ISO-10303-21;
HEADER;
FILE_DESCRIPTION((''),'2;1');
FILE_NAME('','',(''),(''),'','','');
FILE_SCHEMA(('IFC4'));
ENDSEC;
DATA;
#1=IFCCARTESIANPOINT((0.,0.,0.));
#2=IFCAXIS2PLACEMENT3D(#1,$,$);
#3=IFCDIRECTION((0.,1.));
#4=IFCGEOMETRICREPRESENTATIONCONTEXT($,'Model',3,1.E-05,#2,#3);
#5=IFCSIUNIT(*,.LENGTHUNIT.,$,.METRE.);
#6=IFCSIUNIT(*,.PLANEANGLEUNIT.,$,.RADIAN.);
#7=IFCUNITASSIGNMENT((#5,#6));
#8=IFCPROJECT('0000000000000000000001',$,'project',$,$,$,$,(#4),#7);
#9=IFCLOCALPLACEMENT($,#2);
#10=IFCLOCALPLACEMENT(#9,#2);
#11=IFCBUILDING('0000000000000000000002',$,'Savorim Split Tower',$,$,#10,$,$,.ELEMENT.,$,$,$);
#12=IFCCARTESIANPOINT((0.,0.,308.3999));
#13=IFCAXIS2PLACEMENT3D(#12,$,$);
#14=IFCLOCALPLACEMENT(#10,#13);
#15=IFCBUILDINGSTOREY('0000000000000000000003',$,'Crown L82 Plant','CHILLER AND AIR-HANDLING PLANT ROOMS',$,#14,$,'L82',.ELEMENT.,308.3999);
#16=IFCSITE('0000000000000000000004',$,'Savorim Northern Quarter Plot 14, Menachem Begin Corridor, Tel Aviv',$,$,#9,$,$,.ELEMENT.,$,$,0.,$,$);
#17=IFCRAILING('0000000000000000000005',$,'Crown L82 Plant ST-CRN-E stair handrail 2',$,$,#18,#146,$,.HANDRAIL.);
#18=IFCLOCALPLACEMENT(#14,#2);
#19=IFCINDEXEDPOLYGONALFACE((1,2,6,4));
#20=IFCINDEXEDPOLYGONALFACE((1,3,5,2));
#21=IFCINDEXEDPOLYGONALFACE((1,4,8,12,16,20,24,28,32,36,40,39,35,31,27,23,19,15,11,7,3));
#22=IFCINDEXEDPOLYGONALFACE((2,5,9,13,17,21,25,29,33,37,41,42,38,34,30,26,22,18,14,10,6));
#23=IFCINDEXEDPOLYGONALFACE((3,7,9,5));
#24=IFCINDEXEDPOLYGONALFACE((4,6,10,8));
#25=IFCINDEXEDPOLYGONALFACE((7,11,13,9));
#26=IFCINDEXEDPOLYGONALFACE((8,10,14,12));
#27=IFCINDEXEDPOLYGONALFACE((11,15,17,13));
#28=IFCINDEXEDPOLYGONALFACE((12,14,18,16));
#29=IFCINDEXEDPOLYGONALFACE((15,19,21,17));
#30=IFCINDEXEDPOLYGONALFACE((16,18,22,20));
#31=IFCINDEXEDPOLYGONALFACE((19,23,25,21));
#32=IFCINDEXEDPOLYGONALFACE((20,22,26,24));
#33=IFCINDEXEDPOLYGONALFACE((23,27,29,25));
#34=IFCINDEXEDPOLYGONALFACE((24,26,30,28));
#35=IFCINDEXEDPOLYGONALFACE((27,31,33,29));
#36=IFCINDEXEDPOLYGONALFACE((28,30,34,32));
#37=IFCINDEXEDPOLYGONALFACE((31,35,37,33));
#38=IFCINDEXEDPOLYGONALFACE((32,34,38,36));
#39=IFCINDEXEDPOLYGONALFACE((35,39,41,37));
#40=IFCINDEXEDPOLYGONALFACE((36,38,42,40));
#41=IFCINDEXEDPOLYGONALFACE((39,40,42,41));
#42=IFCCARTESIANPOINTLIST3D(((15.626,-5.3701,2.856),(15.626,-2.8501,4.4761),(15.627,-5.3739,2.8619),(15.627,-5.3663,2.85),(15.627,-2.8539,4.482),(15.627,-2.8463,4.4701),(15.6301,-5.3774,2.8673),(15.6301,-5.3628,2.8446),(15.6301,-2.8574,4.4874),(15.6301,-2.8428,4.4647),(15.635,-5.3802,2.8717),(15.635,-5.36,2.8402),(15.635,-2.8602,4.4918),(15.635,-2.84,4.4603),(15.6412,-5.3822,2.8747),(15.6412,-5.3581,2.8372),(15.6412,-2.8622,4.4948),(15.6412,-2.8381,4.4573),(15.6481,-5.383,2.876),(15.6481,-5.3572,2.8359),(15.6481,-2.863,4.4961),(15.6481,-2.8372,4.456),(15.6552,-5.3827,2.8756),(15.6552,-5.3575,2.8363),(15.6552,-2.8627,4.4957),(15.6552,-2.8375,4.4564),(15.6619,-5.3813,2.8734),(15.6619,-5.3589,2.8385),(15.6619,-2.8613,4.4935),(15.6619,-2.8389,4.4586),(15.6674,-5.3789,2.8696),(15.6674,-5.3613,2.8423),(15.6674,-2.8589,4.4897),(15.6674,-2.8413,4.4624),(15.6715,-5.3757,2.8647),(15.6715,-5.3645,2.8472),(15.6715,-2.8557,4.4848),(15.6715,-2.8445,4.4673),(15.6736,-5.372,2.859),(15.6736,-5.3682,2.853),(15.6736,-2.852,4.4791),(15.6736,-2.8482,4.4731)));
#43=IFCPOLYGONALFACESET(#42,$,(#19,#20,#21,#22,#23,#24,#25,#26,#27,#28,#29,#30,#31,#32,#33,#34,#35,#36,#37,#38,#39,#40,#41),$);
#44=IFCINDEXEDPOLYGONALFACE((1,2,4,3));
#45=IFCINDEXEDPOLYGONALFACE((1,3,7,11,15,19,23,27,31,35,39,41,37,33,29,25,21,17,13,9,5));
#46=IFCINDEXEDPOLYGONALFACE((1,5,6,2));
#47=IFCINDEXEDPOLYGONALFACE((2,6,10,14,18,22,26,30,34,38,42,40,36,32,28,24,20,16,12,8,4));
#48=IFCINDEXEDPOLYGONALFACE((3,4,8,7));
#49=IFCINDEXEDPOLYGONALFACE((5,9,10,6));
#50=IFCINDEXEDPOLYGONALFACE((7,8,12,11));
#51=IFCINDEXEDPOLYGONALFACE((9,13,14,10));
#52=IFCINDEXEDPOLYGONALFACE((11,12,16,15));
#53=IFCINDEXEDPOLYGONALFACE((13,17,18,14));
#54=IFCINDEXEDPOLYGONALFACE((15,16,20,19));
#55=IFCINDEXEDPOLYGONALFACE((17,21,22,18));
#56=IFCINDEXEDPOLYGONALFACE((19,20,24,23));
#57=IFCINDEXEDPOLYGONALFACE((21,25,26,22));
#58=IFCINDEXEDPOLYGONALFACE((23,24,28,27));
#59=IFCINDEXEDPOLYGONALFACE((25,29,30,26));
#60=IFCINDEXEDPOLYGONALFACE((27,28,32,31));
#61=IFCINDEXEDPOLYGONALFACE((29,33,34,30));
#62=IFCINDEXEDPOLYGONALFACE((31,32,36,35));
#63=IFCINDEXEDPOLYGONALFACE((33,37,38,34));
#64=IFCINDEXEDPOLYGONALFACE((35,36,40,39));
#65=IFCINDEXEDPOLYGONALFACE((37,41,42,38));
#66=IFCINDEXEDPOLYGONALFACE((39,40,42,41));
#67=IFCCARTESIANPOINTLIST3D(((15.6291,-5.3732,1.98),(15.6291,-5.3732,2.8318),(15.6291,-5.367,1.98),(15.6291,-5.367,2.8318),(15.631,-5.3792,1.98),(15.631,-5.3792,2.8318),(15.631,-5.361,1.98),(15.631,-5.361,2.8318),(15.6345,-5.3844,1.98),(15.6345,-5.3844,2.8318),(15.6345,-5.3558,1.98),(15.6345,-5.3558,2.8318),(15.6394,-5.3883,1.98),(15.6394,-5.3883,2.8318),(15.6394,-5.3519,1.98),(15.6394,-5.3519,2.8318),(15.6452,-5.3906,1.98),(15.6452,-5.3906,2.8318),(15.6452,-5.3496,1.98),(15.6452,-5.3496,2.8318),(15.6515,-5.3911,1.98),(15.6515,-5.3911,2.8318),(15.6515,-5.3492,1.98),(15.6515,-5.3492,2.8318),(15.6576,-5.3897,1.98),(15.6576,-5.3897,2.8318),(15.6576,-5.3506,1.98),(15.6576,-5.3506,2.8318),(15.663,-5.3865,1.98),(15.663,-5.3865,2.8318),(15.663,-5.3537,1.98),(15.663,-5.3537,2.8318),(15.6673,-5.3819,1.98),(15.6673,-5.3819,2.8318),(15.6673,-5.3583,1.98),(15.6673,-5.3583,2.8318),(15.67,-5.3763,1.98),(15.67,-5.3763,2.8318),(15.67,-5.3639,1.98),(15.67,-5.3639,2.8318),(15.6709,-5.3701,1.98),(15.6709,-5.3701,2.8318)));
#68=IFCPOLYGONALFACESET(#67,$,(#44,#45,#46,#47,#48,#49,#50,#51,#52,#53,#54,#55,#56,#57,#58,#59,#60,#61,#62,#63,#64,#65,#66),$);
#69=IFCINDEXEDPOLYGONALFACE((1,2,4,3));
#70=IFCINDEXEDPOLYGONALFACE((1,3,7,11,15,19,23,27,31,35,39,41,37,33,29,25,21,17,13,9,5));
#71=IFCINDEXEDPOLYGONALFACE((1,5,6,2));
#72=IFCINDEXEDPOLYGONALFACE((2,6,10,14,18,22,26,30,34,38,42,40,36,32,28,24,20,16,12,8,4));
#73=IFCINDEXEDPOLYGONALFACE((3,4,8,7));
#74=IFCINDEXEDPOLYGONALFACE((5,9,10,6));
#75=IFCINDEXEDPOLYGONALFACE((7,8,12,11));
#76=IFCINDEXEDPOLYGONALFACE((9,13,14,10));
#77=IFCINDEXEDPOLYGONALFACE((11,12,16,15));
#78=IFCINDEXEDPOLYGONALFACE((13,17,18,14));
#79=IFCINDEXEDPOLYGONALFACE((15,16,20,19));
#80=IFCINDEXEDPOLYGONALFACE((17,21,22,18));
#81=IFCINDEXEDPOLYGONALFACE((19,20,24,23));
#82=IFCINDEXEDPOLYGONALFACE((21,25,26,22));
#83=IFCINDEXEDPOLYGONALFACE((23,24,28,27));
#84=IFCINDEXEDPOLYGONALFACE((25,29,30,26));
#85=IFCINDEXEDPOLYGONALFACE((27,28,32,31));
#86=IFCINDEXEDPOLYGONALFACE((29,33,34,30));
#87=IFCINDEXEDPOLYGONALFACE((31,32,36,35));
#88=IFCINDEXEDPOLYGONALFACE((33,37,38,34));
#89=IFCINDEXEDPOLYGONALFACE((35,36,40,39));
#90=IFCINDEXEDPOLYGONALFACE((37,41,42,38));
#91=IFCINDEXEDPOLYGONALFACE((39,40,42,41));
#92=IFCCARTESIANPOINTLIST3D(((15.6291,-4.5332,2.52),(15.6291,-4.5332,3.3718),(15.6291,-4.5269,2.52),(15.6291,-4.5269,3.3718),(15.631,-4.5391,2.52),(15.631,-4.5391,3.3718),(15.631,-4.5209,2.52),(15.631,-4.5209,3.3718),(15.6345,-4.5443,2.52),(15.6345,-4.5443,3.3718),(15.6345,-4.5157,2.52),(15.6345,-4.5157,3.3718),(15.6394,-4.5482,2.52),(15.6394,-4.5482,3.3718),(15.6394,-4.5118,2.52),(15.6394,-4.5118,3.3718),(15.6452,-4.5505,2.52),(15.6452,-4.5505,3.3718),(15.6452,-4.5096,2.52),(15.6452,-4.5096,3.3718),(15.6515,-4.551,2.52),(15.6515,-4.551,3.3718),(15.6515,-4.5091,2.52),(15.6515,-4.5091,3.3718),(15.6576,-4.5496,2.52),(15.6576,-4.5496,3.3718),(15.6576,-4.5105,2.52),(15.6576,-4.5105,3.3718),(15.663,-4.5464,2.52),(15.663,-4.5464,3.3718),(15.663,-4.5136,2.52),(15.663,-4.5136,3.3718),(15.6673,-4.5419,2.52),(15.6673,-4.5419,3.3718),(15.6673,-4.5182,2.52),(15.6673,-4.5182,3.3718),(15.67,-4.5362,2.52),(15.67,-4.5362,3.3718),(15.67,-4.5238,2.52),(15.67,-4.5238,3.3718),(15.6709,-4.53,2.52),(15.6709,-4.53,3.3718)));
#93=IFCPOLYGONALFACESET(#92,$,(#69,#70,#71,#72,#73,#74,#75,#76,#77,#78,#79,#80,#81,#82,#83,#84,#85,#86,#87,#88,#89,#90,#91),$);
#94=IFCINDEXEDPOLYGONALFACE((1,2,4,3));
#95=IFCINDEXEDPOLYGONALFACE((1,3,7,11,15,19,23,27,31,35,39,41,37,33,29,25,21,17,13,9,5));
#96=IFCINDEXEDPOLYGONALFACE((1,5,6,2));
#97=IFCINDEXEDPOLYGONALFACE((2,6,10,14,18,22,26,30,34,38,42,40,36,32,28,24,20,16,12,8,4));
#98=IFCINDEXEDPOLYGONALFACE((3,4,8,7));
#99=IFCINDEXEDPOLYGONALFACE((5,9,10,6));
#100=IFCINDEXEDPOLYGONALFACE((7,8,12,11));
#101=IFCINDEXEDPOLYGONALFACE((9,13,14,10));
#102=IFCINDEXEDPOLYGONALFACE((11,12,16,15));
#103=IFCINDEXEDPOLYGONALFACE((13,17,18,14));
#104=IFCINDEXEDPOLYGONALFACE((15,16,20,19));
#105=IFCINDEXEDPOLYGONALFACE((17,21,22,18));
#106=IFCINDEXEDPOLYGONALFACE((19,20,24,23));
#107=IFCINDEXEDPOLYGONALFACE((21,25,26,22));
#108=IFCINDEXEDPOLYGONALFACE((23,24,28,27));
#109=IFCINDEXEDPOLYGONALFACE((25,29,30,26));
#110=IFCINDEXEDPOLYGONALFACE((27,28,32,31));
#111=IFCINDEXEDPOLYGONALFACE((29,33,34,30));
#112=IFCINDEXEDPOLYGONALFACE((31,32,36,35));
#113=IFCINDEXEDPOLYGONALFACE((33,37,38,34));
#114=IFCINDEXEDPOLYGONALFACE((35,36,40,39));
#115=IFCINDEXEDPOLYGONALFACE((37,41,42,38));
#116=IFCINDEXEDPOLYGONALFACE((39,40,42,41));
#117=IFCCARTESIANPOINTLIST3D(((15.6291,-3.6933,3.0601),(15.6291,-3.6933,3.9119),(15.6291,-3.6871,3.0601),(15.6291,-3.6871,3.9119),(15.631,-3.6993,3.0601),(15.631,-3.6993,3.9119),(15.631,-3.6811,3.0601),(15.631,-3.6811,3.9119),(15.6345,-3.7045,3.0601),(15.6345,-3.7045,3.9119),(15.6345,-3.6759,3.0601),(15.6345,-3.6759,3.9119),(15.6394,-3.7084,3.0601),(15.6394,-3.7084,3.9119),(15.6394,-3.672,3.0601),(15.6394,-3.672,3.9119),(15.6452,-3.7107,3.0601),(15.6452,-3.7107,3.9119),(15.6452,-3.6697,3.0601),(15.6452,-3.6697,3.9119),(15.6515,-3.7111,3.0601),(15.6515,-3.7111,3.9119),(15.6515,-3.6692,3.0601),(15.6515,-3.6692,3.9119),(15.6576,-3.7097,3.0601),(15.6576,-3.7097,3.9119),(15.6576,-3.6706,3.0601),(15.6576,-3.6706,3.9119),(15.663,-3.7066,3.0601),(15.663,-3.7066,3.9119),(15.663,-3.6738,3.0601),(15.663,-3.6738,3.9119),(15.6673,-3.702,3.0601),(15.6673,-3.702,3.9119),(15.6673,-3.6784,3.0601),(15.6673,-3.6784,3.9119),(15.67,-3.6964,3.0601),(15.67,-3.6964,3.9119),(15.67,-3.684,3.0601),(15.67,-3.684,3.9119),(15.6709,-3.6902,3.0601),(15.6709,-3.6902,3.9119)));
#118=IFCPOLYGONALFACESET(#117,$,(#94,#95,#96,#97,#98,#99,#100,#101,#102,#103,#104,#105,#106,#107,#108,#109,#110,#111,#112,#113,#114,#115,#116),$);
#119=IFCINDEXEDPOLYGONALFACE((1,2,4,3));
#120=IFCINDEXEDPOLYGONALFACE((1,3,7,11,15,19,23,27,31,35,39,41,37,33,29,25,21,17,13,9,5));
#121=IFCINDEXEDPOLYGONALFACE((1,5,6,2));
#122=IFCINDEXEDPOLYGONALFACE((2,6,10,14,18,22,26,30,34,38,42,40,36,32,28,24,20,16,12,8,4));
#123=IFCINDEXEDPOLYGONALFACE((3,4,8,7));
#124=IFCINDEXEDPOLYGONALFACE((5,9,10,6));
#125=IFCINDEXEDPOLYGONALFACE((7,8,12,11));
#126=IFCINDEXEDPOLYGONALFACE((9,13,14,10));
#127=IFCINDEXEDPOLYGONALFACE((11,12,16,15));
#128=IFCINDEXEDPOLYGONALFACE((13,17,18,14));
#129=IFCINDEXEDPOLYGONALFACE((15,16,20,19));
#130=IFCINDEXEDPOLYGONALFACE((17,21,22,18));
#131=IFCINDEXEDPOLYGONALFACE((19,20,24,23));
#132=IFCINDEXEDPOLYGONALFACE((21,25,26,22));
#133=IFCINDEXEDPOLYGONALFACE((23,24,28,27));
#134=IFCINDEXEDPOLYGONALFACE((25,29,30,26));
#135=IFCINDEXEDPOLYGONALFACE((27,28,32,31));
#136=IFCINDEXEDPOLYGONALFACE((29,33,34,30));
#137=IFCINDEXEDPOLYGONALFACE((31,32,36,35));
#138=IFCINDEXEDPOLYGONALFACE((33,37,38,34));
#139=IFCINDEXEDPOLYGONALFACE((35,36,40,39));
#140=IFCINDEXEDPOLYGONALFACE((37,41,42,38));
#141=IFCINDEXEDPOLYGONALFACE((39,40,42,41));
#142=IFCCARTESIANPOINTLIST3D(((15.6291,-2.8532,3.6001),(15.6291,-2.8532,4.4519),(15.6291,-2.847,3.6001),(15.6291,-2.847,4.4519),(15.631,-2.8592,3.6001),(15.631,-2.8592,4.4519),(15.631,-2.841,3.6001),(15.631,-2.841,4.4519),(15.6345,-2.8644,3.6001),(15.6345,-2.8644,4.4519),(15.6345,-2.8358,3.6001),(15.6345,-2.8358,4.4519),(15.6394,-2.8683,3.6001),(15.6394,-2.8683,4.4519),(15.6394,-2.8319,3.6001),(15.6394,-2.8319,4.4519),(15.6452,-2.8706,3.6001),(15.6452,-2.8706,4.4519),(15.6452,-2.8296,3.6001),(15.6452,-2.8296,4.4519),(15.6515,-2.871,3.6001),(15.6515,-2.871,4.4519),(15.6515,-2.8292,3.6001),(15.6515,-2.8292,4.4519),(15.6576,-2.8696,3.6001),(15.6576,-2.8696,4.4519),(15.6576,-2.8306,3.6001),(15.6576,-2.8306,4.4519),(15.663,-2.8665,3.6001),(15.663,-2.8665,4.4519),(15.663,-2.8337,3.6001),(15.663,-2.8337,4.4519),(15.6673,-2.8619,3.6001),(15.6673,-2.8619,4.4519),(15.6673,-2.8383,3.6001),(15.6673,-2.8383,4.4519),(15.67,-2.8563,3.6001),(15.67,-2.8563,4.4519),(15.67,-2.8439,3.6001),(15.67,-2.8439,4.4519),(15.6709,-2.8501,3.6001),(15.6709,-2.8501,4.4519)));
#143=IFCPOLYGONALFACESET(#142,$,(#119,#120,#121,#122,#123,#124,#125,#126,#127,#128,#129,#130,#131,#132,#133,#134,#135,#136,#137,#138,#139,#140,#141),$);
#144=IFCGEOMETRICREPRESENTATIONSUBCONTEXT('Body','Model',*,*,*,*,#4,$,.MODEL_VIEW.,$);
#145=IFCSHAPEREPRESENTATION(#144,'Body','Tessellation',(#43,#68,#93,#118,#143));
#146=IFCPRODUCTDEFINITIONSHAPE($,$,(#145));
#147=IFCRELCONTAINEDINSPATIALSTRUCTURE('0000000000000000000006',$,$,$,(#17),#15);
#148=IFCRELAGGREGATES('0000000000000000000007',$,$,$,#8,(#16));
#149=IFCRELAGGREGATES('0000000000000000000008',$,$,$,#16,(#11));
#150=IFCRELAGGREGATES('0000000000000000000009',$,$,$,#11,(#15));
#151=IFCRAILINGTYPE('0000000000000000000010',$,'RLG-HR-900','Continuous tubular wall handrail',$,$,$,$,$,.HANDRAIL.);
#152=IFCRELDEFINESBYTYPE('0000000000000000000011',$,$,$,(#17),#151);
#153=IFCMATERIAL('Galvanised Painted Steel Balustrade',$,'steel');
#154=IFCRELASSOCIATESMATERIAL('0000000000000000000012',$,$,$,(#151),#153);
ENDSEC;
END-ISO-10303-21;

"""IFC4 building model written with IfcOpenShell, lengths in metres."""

from ifc_helpers import new_model, si_unit, direction, frame, origin, origin_2d, place, context, subcontext, project, spatial, circle, extrude, material, type_object, element, save


model = new_model("IFC4")

# Units and contexts
model_context = context("Model", 3, precision=1e-05, world=origin(), true_north=direction((0.0, 1.0)))
body_context = subcontext(model_context, "Body", "Model", "MODEL_VIEW")
ifc_project = project(units=[si_unit("LENGTHUNIT", "METRE"), si_unit("PLANEANGLEUNIT", "RADIAN")], contexts=[model_context])

# Site, building, storey
site_placement = place(None, origin())
site = spatial("IfcSite", under=ifc_project, at=site_placement, Name="Savorim Northern Quarter Plot 14, Menachem Begin Corridor, Tel Aviv", CompositionType="ELEMENT", RefElevation=0.0)
building_placement = place(site_placement, origin())
building = spatial("IfcBuilding", under=site, at=building_placement, Name="Savorim Split Tower", CompositionType="ELEMENT")
storey_placement = place(building_placement, frame((0.0, 0.0, 308.3999)))
storey = spatial("IfcBuildingStorey", under=building, at=storey_placement, Name="Crown L82 Plant", Description="CHILLER AND AIR-HANDLING PLANT ROOMS", LongName="L82", CompositionType="ELEMENT", Elevation=308.3999)

# Railing
ifc_material_1 = material(Name="Galvanised Painted Steel Balustrade", Category="steel")
railing_type_1 = type_object("IfcRailingType", Name="RLG-HR-900", Description="Continuous tubular wall handrail", PredefinedType="HANDRAIL", material=ifc_material_1)
railing_1_placement = place(storey_placement, frame((15.6499, -5.3701, 1.98)))
element("IfcRailing", 1, at=railing_1_placement, inside=storey, type_object=railing_type_1, Name="Crown L82 Plant ST-CRN-E stair handrail 2", PredefinedType="HANDRAIL", context=body_context, shape_type="SweptSolid", body=[
    extrude(circle(Radius=0.0239, at=origin_2d()), frame((0.0, 0.0, 0.876), z_axis=(0.0, 0.841163, 0.540782), x_axis=(-1.0, 0.0, 0.0)), (0.0, 0.0, 1.0), 2.9958),
    extrude(circle(Radius=0.021, at=origin_2d()), origin(), (0.0, 0.0, 1.0), 0.8518),
    extrude(circle(Radius=0.021, at=origin_2d()), frame((0.0, 0.8401, 0.54)), (0.0, 0.0, 1.0), 0.8518),
    extrude(circle(Radius=0.021, at=origin_2d()), frame((0.0, 1.6799, 1.0801)), (0.0, 0.0, 1.0), 0.8518),
    extrude(circle(Radius=0.021, at=origin_2d()), frame((0.0, 2.52, 1.6201)), (0.0, 0.0, 1.0), 0.8518),
])

save(model, "model.ifc")
